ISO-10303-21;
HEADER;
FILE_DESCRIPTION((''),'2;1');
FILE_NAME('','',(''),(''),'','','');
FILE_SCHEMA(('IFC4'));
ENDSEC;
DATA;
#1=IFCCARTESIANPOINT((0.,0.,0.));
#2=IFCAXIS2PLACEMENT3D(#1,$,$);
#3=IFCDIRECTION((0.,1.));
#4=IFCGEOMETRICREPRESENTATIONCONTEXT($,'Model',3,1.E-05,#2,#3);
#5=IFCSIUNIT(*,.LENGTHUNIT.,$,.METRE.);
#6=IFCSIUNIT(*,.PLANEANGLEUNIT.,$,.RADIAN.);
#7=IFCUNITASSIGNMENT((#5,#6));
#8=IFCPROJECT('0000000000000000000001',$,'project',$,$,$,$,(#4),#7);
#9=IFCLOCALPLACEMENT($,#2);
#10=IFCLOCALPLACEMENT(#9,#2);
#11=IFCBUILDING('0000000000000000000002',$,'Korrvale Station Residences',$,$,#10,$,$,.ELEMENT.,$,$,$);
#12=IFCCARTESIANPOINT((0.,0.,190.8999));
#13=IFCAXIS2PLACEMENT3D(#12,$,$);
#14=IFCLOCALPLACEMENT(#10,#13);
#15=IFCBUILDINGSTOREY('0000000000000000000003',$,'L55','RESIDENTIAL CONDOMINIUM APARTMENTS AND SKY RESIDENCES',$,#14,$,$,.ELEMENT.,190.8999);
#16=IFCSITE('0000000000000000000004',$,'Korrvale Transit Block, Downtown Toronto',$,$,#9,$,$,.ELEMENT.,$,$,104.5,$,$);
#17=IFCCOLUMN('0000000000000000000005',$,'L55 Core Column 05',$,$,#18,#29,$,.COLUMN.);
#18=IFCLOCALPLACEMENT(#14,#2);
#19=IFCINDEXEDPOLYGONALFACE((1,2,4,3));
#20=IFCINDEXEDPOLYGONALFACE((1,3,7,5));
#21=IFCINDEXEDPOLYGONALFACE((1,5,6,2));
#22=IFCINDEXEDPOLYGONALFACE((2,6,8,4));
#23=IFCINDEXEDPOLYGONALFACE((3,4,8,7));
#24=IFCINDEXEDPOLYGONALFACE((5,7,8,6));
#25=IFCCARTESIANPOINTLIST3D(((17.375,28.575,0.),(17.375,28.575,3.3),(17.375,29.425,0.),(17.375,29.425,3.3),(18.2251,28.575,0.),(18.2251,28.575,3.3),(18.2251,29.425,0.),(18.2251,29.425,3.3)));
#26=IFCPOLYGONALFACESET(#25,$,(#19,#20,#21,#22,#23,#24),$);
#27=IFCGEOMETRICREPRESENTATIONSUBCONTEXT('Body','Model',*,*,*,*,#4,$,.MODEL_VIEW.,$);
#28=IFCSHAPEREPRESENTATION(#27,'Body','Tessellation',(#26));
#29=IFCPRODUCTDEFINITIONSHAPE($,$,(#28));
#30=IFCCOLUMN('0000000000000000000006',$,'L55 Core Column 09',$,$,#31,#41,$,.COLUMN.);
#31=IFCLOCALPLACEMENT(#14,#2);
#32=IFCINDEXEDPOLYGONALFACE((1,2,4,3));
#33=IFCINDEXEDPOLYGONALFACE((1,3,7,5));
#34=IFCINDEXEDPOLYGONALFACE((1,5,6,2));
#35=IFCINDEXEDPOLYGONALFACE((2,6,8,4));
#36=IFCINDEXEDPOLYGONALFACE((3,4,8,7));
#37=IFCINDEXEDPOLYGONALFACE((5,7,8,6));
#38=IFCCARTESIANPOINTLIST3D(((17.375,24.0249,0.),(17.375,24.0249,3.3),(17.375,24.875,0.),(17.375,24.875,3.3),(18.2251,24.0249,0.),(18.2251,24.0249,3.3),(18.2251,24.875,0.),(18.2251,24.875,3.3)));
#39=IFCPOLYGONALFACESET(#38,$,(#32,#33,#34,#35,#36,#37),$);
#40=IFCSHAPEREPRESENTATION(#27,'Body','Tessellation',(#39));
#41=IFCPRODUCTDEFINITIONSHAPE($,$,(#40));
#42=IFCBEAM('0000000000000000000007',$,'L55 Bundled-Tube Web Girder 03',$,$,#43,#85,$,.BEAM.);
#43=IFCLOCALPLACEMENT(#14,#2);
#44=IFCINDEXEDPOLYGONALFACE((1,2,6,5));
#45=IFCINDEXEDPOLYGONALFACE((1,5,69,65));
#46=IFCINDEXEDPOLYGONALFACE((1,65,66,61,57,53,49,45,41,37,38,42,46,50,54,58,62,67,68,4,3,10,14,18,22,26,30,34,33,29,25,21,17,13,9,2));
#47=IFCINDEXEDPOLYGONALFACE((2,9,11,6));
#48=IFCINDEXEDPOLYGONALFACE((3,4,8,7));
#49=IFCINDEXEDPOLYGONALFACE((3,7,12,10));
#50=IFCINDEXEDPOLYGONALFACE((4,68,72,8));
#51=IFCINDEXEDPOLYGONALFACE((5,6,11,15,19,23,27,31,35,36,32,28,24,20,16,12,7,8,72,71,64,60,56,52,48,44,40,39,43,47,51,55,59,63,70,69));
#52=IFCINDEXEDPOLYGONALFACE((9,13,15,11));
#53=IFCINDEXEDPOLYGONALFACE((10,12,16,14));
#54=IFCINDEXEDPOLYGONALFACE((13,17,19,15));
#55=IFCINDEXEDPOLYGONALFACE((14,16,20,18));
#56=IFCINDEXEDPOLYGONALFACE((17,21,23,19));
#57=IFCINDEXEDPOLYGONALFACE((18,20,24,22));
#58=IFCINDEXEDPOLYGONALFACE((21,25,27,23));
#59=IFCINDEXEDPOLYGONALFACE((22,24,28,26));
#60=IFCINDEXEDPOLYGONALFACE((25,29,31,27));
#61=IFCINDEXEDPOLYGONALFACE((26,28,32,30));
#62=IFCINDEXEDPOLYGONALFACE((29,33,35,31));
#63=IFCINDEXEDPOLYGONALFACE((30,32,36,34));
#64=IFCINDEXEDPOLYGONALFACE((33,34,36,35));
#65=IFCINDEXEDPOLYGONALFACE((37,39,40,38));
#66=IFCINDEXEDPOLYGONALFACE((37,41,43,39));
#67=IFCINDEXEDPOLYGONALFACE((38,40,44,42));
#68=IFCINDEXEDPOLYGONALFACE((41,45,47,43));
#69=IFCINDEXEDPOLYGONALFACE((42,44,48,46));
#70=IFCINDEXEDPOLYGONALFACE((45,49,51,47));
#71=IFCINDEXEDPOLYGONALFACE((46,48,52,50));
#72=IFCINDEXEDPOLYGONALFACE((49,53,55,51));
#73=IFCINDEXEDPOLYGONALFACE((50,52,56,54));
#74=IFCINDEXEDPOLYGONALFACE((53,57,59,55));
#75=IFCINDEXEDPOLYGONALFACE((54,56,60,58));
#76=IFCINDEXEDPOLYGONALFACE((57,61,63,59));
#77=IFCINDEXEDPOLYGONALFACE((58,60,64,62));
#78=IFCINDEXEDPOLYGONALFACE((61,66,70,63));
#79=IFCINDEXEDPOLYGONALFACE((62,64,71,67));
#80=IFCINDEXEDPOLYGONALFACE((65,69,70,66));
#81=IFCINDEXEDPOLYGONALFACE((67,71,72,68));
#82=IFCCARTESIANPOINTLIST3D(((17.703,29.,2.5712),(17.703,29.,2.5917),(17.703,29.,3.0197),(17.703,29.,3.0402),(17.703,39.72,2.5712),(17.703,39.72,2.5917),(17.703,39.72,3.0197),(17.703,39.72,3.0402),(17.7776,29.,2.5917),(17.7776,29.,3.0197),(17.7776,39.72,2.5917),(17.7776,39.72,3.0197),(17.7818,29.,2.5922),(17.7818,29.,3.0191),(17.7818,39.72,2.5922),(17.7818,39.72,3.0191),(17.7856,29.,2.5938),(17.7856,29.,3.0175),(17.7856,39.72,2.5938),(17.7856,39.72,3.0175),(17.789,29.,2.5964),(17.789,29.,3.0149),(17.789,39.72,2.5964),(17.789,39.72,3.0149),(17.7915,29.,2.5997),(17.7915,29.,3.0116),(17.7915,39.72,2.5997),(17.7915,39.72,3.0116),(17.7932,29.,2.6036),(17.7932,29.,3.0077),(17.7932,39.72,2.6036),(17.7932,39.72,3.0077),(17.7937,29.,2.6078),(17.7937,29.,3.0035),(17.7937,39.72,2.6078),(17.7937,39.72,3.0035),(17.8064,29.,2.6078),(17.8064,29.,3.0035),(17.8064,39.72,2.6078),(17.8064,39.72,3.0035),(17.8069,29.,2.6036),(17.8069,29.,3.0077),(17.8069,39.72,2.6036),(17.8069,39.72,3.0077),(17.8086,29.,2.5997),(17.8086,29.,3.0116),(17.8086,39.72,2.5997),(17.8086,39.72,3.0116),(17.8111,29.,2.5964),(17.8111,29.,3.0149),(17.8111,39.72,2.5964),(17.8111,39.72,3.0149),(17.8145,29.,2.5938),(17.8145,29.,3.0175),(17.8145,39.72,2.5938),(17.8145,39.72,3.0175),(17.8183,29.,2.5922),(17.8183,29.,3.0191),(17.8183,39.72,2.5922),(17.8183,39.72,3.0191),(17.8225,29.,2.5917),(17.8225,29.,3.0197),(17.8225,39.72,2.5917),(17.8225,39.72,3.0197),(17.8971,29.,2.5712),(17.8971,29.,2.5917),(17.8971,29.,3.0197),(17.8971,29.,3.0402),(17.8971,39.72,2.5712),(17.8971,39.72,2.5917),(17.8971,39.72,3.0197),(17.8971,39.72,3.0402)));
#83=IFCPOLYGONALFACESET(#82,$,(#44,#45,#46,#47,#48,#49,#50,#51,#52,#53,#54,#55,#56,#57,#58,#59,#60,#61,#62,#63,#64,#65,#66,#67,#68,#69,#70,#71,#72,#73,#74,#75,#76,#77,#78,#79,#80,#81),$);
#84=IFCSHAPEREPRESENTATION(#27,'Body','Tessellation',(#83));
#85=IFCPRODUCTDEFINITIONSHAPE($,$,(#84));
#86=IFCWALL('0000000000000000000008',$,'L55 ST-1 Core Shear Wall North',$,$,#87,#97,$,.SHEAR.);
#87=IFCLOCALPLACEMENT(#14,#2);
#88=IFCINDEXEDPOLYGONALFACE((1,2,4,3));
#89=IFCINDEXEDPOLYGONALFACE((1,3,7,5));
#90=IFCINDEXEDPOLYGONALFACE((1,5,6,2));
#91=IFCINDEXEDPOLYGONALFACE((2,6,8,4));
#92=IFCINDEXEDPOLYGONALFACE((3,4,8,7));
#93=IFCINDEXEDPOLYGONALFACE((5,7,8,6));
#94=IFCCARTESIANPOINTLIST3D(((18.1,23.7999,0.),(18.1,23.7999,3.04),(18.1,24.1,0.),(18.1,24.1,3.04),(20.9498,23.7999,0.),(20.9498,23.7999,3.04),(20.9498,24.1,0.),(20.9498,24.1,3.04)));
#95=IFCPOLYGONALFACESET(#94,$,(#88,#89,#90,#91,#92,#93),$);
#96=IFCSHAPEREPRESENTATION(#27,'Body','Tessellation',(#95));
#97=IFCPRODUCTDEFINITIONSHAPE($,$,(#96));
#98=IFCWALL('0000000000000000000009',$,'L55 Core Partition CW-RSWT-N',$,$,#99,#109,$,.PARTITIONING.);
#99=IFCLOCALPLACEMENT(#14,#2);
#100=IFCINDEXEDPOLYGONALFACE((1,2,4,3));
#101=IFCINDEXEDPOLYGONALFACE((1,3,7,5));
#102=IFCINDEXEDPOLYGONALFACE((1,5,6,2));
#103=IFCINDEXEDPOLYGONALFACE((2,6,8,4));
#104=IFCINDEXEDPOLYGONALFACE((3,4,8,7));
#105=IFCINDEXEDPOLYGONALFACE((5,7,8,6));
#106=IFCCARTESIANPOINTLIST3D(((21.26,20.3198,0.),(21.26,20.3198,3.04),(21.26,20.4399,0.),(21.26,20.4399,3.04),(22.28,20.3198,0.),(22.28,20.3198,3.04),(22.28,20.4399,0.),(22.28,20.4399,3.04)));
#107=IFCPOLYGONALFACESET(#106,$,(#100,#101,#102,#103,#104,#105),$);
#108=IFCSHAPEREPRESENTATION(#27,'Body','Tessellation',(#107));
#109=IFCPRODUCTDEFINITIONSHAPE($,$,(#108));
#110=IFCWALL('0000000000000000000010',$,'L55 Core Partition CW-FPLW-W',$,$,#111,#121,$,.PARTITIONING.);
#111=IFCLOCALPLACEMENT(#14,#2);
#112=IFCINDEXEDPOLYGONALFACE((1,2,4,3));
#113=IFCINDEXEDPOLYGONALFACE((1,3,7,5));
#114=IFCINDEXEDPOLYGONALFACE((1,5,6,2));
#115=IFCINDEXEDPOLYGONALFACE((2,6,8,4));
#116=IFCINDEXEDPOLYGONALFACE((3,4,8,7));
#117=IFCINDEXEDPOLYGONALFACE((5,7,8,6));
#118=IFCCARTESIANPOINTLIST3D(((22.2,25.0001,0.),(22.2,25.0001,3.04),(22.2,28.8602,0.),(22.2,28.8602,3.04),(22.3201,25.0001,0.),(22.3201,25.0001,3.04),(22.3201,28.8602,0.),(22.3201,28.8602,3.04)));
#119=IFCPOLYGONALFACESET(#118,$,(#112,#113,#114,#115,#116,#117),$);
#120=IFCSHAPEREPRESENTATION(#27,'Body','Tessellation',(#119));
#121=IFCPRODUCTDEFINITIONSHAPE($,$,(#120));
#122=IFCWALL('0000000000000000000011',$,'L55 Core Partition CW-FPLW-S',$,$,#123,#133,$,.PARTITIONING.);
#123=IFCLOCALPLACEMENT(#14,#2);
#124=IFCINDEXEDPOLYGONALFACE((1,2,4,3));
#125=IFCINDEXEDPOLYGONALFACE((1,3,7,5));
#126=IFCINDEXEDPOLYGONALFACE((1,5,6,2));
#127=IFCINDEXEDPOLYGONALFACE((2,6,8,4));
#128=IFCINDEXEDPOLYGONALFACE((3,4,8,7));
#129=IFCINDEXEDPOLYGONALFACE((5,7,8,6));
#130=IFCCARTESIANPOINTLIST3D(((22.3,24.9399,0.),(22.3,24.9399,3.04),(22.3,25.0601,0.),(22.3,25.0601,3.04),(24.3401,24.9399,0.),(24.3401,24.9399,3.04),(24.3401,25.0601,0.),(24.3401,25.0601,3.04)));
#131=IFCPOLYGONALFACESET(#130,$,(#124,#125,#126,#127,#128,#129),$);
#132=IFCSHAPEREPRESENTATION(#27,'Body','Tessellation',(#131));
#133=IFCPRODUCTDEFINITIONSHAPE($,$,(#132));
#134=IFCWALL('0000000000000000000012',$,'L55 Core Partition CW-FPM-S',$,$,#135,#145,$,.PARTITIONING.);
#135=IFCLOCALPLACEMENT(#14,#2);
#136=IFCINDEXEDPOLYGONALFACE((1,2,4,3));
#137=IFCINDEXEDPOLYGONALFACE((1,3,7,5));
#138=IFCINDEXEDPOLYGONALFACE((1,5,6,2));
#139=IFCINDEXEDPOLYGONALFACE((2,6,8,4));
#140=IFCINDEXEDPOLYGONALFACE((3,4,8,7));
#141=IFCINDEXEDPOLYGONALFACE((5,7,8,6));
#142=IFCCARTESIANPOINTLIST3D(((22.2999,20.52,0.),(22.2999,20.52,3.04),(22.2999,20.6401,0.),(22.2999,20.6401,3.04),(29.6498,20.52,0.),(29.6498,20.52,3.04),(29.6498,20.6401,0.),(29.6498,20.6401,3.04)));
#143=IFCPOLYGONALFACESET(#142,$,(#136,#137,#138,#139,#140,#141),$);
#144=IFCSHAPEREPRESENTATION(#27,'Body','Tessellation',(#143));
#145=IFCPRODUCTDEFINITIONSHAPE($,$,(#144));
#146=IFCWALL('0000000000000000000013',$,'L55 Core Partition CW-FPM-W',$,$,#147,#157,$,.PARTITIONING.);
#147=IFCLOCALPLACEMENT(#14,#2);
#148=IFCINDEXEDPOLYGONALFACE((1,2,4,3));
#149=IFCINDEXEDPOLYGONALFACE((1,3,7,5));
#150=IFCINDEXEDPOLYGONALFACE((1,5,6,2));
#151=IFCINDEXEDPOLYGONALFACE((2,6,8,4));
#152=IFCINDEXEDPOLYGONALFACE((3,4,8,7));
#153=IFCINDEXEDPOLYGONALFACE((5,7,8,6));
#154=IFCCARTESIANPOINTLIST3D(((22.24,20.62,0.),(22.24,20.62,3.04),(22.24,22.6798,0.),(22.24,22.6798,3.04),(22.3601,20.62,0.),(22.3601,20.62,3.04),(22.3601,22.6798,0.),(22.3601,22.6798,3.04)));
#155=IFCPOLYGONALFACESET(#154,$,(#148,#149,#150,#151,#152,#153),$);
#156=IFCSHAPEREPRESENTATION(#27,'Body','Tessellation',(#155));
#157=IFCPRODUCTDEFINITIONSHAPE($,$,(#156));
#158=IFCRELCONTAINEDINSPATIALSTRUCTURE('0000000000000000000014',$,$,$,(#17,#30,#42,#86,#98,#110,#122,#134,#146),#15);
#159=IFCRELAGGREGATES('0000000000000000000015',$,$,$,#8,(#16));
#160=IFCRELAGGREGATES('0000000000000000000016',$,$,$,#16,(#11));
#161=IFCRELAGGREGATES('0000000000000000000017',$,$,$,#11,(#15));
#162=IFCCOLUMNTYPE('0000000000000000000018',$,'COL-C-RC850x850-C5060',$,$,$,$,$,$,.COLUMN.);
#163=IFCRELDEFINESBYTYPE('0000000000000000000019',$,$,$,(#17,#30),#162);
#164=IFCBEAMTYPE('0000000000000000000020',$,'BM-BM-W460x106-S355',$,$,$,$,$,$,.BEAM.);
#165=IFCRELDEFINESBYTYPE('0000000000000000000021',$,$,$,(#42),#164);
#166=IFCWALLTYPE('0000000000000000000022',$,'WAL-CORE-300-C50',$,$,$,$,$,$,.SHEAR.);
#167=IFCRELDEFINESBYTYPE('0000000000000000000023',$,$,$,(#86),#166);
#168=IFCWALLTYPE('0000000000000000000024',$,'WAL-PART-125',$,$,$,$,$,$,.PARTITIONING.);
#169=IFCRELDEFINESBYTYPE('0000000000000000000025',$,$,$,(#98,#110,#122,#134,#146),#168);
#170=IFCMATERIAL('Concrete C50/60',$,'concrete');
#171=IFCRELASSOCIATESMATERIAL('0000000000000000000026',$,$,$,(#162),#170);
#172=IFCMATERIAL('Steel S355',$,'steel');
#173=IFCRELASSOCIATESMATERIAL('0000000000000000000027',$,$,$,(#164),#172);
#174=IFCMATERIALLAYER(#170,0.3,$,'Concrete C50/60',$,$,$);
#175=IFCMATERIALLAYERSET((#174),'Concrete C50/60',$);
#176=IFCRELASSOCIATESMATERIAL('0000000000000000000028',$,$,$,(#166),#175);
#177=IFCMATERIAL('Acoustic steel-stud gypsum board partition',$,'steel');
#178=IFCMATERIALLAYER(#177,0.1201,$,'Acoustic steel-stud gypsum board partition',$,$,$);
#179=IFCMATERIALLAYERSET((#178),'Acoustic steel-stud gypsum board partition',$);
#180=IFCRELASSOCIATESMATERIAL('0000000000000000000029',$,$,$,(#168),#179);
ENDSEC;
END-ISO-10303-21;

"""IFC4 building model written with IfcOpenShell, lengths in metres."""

from ifc_helpers import new_model, si_unit, direction, frame, frame_2d, origin, origin_2d, place, context, subcontext, project, spatial, rectangle, i_section, extrude, material, layer, layer_set, material_profile, profile_set, type_object, element, save


model = new_model("IFC4")

# Units and contexts
model_context = context("Model", 3, precision=1e-05, world=origin(), true_north=direction((0.0, 1.0)))
body_context = subcontext(model_context, "Body", "Model", "MODEL_VIEW")
ifc_project = project(units=[si_unit("LENGTHUNIT", "METRE"), si_unit("PLANEANGLEUNIT", "RADIAN")], contexts=[model_context])

# Site, building, storey
site_placement = place(None, origin())
site = spatial("IfcSite", under=ifc_project, at=site_placement, Name="Korrvale Transit Block, Downtown Toronto", CompositionType="ELEMENT", RefElevation=104.5)
building_placement = place(site_placement, origin())
building = spatial("IfcBuilding", under=site, at=building_placement, Name="Korrvale Station Residences", CompositionType="ELEMENT")
storey_placement = place(building_placement, frame((0.0, 0.0, 190.8999)))
storey = spatial("IfcBuildingStorey", under=building, at=storey_placement, Name="L55", Description="RESIDENTIAL CONDOMINIUM APARTMENTS AND SKY RESIDENCES", CompositionType="ELEMENT", Elevation=190.8999)

# Columns
ifc_material_1 = material(Name="Concrete C50/60", Category="concrete")
ifc_material_profile_1 = material_profile(ifc_material_1, rectangle(XDim=0.8501, YDim=0.8501, at=origin_2d()), Name="RC850x850")
ifc_profile_set_1 = profile_set([ifc_material_profile_1], Name="Concrete C50/60")
column_type = type_object("IfcColumnType", Name="COL-C-RC850x850-C5060", PredefinedType="COLUMN", material=ifc_profile_set_1)
for number, where, z_axis, x_axis, name in (
    (1, (17.8, 29.0, 0.0), (0.0, 0.0, 1.0), (1.0, 0.0, 0.0), "L55 Core Column 05"),
    (2, (17.8, 24.45, 0.0), (0.0, 0.0, 1.0), (1.0, 0.0, 0.0), "L55 Core Column 09"),
):
    element("IfcColumn", number, at=place(storey_placement, frame(where, z_axis=z_axis, x_axis=x_axis)), inside=storey, type_object=column_type, Name=name, PredefinedType="COLUMN", context=body_context, shape_type="SweptSolid", body=[
        extrude(rectangle(XDim=0.8501, YDim=0.8501, at=origin_2d()), origin(), (0.0, 0.0, 1.0), 3.3),
    ])

# Beam
ifc_material_2 = material(Name="Steel S355", Category="steel")
ifc_material_profile_2 = material_profile(ifc_material_2, i_section(OverallWidth=0.1941, OverallDepth=0.469, WebThickness=0.0127, FlangeThickness=0.0205, FilletRadius=0.0161, at=origin_2d()), Name="W460x106")
ifc_profile_set_2 = profile_set([ifc_material_profile_2], Name="Steel S355")
beam_type = type_object("IfcBeamType", Name="BM-BM-W460x106-S355", PredefinedType="BEAM", material=ifc_profile_set_2)
beam_placement = place(storey_placement, frame((17.8, 29.0, 2.8057), z_axis=(0.0, 1.0, 0.0), x_axis=(-1.0, 0.0, 0.0)))
element("IfcBeam", 3, at=beam_placement, inside=storey, type_object=beam_type, Name="L55 Bundled-Tube Web Girder 03", PredefinedType="BEAM", context=body_context, shape_type="SweptSolid", body=[
    extrude(i_section(OverallWidth=0.1941, OverallDepth=0.469, WebThickness=0.0127, FlangeThickness=0.0205, FilletRadius=0.0161, at=origin_2d()), origin(), (0.0, 0.0, 1.0), 10.72),
])

# Walls
ifc_layer_1 = layer(ifc_material_1, 0.3, Name="Concrete C50/60")
ifc_layer_set_1 = layer_set([ifc_layer_1], Name="Concrete C50/60")
wall_type_1 = type_object("IfcWallType", Name="WAL-CORE-300-C50", PredefinedType="SHEAR", material=ifc_layer_set_1)
wall_1_placement = place(storey_placement, frame((18.1001, 23.95, 0.0), z_axis=(0.0, 0.0, 1.0), x_axis=(1.0, 0.0, 0.0)))
element("IfcWall", 4, at=wall_1_placement, inside=storey, type_object=wall_type_1, Name="L55 ST-1 Core Shear Wall North", PredefinedType="SHEAR", context=body_context, shape_type="SweptSolid", body=[
    extrude(rectangle(XDim=2.8499, YDim=0.3, at=frame_2d((1.4248, 0.0))), origin(), (0.0, 0.0, 1.0), 3.04),
])
ifc_material_3 = material(Name="Acoustic steel-stud gypsum board partition", Category="steel")
ifc_layer_2 = layer(ifc_material_3, 0.1201, Name="Acoustic steel-stud gypsum board partition")
ifc_layer_set_2 = layer_set([ifc_layer_2], Name="Acoustic steel-stud gypsum board partition")
wall_type_2 = type_object("IfcWallType", Name="WAL-PART-125", PredefinedType="PARTITIONING", material=ifc_layer_set_2)
wall_2_placement = place(storey_placement, frame((22.28, 20.3799, 0.0), z_axis=(0.0, 0.0, 1.0), x_axis=(-1.0, 0.0, 0.0)))
element("IfcWall", 5, at=wall_2_placement, inside=storey, type_object=wall_type_2, Name="L55 Core Partition CW-RSWT-N", PredefinedType="PARTITIONING", context=body_context, shape_type="SweptSolid", body=[
    extrude(rectangle(XDim=1.02, YDim=0.1201, at=frame_2d((0.51, 0.0))), origin(), (0.0, 0.0, 1.0), 3.04),
])
wall_3_placement = place(storey_placement, frame((22.26, 25.0, 0.0), z_axis=(0.0, 0.0, 1.0), x_axis=(0.0, 1.0, 0.0)))
element("IfcWall", 6, at=wall_3_placement, inside=storey, type_object=wall_type_2, Name="L55 Core Partition CW-FPLW-W", PredefinedType="PARTITIONING", context=body_context, shape_type="SweptSolid", body=[
    extrude(rectangle(XDim=3.8601, YDim=0.1201, at=frame_2d((1.9302, 0.0))), origin(), (0.0, 0.0, 1.0), 3.04),
])
wall_4_placement = place(storey_placement, frame((22.3, 25.0, 0.0), z_axis=(0.0, 0.0, 1.0), x_axis=(1.0, 0.0, 0.0)))
element("IfcWall", 7, at=wall_4_placement, inside=storey, type_object=wall_type_2, Name="L55 Core Partition CW-FPLW-S", PredefinedType="PARTITIONING", context=body_context, shape_type="SweptSolid", body=[
    extrude(rectangle(XDim=2.04, YDim=0.1201, at=frame_2d((1.02, 0.0))), origin(), (0.0, 0.0, 1.0), 3.04),
])
wall_5_placement = place(storey_placement, frame((22.3, 20.5801, 0.0), z_axis=(0.0, 0.0, 1.0), x_axis=(1.0, 0.0, 0.0)))
element("IfcWall", 8, at=wall_5_placement, inside=storey, type_object=wall_type_2, Name="L55 Core Partition CW-FPM-S", PredefinedType="PARTITIONING", context=body_context, shape_type="SweptSolid", body=[
    extrude(rectangle(XDim=7.3499, YDim=0.1201, at=frame_2d((3.6748, 0.0))), origin(), (0.0, 0.0, 1.0), 3.04),
])
wall_6_placement = place(storey_placement, frame((22.3, 20.6201, 0.0), z_axis=(0.0, 0.0, 1.0), x_axis=(0.0, 1.0, 0.0)))
element("IfcWall", 9, at=wall_6_placement, inside=storey, type_object=wall_type_2, Name="L55 Core Partition CW-FPM-W", PredefinedType="PARTITIONING", context=body_context, shape_type="SweptSolid", body=[
    extrude(rectangle(XDim=2.0598, YDim=0.1201, at=frame_2d((1.0298, 0.0))), origin(), (0.0, 0.0, 1.0), 3.04),
])

save(model, "model.ifc")
